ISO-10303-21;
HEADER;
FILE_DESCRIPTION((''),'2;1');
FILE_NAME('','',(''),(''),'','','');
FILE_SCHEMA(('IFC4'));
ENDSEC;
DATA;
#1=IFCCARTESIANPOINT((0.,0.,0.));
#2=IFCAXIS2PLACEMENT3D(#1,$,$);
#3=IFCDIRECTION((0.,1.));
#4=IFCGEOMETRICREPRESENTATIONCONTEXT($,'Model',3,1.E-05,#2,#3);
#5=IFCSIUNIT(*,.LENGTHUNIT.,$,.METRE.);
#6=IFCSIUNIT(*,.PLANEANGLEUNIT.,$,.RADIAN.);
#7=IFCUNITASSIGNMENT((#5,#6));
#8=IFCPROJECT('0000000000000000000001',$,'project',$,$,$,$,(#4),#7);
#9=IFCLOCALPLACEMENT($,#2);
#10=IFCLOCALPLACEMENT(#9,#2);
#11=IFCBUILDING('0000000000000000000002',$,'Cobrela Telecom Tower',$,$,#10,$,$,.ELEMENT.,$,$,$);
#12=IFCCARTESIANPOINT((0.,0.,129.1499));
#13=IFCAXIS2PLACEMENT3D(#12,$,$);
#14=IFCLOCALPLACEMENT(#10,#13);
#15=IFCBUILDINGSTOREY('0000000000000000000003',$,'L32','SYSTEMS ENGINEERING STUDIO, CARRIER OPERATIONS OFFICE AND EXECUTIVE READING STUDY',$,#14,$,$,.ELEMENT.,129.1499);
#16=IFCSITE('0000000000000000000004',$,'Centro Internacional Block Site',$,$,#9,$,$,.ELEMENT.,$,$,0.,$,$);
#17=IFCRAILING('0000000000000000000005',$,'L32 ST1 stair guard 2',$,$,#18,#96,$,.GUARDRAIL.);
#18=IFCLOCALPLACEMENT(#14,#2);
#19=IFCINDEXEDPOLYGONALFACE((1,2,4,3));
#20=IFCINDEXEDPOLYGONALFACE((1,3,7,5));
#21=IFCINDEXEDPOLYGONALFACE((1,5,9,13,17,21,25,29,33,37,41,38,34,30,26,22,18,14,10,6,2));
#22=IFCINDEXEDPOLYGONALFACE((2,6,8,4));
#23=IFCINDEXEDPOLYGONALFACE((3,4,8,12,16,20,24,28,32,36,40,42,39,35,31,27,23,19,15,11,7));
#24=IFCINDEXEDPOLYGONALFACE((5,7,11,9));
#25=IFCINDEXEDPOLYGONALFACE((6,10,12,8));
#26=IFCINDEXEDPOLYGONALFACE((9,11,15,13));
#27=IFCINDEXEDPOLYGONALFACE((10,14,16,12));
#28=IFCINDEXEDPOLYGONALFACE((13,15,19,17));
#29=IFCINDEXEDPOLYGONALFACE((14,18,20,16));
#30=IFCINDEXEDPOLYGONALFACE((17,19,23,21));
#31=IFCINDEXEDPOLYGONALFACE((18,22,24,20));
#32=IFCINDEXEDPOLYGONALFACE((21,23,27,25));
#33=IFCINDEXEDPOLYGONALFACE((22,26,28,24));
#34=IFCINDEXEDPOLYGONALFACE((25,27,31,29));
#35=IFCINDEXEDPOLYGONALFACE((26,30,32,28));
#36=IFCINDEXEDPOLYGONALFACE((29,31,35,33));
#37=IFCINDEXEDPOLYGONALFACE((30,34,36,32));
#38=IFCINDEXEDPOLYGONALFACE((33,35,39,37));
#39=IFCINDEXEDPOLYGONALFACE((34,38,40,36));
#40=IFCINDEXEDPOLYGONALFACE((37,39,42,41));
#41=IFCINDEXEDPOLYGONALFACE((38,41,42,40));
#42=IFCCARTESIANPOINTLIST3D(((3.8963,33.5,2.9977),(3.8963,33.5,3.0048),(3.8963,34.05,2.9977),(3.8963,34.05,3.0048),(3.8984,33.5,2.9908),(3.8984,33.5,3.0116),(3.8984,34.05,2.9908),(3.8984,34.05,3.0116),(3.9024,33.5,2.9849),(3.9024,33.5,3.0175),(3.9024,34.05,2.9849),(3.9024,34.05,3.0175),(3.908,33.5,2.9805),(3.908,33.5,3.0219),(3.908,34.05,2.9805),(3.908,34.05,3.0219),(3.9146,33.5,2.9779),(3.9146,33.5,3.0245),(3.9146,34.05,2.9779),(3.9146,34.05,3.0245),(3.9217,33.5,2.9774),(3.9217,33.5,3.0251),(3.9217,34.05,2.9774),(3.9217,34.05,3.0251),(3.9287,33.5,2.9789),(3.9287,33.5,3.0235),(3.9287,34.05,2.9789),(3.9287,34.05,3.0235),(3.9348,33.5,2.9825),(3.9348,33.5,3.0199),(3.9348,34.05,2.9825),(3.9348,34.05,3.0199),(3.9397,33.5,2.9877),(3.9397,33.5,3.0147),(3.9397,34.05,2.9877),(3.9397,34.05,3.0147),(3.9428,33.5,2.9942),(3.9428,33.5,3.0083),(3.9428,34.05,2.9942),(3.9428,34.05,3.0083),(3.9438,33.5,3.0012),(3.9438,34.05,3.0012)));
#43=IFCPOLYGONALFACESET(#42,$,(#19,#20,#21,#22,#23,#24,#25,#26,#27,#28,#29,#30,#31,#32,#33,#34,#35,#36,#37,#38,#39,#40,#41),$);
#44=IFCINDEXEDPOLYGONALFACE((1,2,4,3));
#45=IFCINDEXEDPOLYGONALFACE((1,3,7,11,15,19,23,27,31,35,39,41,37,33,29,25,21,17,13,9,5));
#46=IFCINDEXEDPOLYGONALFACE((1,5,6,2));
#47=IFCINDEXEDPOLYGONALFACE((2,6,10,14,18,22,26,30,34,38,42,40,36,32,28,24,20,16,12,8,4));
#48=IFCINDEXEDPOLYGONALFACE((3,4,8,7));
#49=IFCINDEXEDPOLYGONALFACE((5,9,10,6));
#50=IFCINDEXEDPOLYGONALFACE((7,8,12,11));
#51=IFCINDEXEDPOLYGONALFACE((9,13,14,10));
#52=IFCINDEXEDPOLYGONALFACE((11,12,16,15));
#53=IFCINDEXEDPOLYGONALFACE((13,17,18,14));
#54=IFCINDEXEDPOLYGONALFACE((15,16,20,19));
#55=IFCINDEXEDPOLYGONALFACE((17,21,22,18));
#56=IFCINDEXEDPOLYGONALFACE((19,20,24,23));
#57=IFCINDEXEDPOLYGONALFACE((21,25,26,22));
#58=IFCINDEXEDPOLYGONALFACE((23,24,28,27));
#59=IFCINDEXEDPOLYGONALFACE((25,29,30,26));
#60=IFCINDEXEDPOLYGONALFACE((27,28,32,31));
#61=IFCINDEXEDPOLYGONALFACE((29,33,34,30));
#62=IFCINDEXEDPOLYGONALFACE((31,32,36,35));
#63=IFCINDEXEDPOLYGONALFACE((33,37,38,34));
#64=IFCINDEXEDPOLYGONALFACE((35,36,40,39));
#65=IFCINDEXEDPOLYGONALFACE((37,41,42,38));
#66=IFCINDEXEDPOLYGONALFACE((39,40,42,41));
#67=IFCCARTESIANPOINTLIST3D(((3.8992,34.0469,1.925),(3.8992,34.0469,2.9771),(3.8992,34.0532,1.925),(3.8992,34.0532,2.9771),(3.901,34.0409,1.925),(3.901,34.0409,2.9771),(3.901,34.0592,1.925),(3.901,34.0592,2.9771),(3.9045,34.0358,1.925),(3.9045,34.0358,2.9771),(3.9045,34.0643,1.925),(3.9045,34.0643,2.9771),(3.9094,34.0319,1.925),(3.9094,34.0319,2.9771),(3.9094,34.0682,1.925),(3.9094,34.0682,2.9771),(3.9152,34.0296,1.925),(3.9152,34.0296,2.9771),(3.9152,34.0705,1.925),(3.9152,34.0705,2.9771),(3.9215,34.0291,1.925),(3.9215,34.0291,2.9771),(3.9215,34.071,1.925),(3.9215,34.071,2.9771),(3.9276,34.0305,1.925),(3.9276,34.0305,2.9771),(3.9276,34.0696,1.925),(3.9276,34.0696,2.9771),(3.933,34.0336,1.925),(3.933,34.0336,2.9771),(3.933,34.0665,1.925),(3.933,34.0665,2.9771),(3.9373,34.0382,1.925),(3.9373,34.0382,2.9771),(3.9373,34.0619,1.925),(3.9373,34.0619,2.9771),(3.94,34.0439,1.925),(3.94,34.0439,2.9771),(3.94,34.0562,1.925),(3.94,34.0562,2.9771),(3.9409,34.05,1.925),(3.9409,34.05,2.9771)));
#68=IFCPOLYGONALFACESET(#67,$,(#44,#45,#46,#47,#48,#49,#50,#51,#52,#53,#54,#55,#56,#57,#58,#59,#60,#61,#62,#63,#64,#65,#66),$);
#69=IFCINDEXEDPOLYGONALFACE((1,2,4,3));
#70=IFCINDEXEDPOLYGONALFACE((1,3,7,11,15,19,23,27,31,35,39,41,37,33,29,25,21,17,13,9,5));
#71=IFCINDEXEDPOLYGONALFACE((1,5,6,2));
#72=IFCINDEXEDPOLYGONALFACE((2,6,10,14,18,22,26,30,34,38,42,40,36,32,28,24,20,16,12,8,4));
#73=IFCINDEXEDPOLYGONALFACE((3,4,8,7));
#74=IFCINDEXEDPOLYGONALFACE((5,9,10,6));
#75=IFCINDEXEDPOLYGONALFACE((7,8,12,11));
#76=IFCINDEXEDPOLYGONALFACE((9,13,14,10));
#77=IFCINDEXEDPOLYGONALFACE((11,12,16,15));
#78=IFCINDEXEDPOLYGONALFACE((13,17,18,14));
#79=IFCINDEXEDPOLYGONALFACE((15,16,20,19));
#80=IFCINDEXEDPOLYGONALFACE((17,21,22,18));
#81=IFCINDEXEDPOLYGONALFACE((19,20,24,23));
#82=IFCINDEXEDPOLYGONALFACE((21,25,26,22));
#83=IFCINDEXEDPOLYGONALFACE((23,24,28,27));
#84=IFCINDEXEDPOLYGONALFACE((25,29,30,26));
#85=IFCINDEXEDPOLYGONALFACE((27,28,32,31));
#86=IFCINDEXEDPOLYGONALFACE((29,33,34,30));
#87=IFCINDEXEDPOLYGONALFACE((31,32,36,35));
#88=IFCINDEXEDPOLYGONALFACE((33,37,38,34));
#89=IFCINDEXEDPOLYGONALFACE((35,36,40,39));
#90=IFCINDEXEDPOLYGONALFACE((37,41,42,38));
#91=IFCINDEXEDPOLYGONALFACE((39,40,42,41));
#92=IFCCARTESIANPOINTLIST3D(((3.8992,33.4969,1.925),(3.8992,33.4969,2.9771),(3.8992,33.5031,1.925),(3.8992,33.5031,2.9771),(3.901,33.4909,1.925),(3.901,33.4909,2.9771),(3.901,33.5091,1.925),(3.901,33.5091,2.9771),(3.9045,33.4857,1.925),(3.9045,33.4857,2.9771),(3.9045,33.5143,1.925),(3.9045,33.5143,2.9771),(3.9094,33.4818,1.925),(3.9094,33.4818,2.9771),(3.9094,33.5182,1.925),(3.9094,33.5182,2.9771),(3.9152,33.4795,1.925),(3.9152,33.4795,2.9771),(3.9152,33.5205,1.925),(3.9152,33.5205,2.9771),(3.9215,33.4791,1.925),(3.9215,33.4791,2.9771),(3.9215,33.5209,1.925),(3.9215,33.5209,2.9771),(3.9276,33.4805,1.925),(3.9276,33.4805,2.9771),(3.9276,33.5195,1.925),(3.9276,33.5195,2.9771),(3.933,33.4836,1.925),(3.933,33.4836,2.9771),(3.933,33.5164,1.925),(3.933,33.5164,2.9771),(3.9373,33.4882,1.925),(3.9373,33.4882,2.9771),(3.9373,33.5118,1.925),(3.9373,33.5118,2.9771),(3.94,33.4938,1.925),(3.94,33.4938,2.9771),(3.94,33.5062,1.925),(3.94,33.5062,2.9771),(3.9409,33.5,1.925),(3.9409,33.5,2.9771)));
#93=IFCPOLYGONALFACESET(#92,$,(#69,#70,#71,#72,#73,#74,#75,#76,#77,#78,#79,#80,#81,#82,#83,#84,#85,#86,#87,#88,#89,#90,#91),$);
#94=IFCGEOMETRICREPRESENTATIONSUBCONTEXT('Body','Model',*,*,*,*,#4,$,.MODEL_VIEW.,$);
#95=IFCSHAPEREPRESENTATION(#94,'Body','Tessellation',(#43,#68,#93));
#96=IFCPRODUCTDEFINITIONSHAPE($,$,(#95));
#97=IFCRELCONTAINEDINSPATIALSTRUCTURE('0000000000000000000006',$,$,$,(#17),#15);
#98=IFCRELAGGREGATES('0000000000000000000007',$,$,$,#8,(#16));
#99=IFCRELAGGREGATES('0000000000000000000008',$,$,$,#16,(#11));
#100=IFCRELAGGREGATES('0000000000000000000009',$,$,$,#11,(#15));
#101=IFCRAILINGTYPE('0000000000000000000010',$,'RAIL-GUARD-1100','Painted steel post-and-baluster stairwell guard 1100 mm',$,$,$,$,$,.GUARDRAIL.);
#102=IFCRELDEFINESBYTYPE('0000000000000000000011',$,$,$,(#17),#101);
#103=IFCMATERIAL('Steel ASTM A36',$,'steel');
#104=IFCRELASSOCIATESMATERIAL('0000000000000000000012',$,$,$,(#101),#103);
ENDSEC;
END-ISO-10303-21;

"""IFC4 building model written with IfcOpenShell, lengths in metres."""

from ifc_helpers import new_model, si_unit, direction, frame, origin, origin_2d, place, context, subcontext, project, spatial, circle, extrude, material, type_object, element, save


model = new_model("IFC4")

# Units and contexts
model_context = context("Model", 3, precision=1e-05, world=origin(), true_north=direction((0.0, 1.0)))
body_context = subcontext(model_context, "Body", "Model", "MODEL_VIEW")
ifc_project = project(units=[si_unit("LENGTHUNIT", "METRE"), si_unit("PLANEANGLEUNIT", "RADIAN")], contexts=[model_context])

# Site, building, storey
site_placement = place(None, origin())
site = spatial("IfcSite", under=ifc_project, at=site_placement, Name="Centro Internacional Block Site", CompositionType="ELEMENT", RefElevation=0.0)
building_placement = place(site_placement, origin())
building = spatial("IfcBuilding", under=site, at=building_placement, Name="Cobrela Telecom Tower", CompositionType="ELEMENT")
storey_placement = place(building_placement, frame((0.0, 0.0, 129.1499)))
storey = spatial("IfcBuildingStorey", under=building, at=storey_placement, Name="L32", Description="SYSTEMS ENGINEERING STUDIO, CARRIER OPERATIONS OFFICE AND EXECUTIVE READING STUDY", CompositionType="ELEMENT", Elevation=129.1499)

# Shared definitions
ifc_material_1 = material(Name="Steel ASTM A36", Category="steel")

# Railing
railing_type_1 = type_object("IfcRailingType", Name="RAIL-GUARD-1100", Description="Painted steel post-and-baluster stairwell guard 1100 mm", PredefinedType="GUARDRAIL", material=ifc_material_1)
railing_1_placement = place(storey_placement, frame((3.9199, 34.05, 1.925)))
element("IfcRailing", 1, at=railing_1_placement, inside=storey, type_object=railing_type_1, Name="L32 ST1 stair guard 2", PredefinedType="GUARDRAIL", context=body_context, shape_type="SweptSolid", body=[
    extrude(circle(Radius=0.0239, at=origin_2d()), frame((0.0, 0.0, 1.0762), z_axis=(0.0, -1.0, 0.0), x_axis=(1.0, 0.0, 0.0)), (0.0, 0.0, 1.0), 0.55),
    extrude(circle(Radius=0.021, at=origin_2d()), origin(), (0.0, 0.0, 1.0), 1.052),
    extrude(circle(Radius=0.021, at=origin_2d()), frame((0.0, -0.55, 0.0)), (0.0, 0.0, 1.0), 1.052),
])

save(model, "model.ifc")
